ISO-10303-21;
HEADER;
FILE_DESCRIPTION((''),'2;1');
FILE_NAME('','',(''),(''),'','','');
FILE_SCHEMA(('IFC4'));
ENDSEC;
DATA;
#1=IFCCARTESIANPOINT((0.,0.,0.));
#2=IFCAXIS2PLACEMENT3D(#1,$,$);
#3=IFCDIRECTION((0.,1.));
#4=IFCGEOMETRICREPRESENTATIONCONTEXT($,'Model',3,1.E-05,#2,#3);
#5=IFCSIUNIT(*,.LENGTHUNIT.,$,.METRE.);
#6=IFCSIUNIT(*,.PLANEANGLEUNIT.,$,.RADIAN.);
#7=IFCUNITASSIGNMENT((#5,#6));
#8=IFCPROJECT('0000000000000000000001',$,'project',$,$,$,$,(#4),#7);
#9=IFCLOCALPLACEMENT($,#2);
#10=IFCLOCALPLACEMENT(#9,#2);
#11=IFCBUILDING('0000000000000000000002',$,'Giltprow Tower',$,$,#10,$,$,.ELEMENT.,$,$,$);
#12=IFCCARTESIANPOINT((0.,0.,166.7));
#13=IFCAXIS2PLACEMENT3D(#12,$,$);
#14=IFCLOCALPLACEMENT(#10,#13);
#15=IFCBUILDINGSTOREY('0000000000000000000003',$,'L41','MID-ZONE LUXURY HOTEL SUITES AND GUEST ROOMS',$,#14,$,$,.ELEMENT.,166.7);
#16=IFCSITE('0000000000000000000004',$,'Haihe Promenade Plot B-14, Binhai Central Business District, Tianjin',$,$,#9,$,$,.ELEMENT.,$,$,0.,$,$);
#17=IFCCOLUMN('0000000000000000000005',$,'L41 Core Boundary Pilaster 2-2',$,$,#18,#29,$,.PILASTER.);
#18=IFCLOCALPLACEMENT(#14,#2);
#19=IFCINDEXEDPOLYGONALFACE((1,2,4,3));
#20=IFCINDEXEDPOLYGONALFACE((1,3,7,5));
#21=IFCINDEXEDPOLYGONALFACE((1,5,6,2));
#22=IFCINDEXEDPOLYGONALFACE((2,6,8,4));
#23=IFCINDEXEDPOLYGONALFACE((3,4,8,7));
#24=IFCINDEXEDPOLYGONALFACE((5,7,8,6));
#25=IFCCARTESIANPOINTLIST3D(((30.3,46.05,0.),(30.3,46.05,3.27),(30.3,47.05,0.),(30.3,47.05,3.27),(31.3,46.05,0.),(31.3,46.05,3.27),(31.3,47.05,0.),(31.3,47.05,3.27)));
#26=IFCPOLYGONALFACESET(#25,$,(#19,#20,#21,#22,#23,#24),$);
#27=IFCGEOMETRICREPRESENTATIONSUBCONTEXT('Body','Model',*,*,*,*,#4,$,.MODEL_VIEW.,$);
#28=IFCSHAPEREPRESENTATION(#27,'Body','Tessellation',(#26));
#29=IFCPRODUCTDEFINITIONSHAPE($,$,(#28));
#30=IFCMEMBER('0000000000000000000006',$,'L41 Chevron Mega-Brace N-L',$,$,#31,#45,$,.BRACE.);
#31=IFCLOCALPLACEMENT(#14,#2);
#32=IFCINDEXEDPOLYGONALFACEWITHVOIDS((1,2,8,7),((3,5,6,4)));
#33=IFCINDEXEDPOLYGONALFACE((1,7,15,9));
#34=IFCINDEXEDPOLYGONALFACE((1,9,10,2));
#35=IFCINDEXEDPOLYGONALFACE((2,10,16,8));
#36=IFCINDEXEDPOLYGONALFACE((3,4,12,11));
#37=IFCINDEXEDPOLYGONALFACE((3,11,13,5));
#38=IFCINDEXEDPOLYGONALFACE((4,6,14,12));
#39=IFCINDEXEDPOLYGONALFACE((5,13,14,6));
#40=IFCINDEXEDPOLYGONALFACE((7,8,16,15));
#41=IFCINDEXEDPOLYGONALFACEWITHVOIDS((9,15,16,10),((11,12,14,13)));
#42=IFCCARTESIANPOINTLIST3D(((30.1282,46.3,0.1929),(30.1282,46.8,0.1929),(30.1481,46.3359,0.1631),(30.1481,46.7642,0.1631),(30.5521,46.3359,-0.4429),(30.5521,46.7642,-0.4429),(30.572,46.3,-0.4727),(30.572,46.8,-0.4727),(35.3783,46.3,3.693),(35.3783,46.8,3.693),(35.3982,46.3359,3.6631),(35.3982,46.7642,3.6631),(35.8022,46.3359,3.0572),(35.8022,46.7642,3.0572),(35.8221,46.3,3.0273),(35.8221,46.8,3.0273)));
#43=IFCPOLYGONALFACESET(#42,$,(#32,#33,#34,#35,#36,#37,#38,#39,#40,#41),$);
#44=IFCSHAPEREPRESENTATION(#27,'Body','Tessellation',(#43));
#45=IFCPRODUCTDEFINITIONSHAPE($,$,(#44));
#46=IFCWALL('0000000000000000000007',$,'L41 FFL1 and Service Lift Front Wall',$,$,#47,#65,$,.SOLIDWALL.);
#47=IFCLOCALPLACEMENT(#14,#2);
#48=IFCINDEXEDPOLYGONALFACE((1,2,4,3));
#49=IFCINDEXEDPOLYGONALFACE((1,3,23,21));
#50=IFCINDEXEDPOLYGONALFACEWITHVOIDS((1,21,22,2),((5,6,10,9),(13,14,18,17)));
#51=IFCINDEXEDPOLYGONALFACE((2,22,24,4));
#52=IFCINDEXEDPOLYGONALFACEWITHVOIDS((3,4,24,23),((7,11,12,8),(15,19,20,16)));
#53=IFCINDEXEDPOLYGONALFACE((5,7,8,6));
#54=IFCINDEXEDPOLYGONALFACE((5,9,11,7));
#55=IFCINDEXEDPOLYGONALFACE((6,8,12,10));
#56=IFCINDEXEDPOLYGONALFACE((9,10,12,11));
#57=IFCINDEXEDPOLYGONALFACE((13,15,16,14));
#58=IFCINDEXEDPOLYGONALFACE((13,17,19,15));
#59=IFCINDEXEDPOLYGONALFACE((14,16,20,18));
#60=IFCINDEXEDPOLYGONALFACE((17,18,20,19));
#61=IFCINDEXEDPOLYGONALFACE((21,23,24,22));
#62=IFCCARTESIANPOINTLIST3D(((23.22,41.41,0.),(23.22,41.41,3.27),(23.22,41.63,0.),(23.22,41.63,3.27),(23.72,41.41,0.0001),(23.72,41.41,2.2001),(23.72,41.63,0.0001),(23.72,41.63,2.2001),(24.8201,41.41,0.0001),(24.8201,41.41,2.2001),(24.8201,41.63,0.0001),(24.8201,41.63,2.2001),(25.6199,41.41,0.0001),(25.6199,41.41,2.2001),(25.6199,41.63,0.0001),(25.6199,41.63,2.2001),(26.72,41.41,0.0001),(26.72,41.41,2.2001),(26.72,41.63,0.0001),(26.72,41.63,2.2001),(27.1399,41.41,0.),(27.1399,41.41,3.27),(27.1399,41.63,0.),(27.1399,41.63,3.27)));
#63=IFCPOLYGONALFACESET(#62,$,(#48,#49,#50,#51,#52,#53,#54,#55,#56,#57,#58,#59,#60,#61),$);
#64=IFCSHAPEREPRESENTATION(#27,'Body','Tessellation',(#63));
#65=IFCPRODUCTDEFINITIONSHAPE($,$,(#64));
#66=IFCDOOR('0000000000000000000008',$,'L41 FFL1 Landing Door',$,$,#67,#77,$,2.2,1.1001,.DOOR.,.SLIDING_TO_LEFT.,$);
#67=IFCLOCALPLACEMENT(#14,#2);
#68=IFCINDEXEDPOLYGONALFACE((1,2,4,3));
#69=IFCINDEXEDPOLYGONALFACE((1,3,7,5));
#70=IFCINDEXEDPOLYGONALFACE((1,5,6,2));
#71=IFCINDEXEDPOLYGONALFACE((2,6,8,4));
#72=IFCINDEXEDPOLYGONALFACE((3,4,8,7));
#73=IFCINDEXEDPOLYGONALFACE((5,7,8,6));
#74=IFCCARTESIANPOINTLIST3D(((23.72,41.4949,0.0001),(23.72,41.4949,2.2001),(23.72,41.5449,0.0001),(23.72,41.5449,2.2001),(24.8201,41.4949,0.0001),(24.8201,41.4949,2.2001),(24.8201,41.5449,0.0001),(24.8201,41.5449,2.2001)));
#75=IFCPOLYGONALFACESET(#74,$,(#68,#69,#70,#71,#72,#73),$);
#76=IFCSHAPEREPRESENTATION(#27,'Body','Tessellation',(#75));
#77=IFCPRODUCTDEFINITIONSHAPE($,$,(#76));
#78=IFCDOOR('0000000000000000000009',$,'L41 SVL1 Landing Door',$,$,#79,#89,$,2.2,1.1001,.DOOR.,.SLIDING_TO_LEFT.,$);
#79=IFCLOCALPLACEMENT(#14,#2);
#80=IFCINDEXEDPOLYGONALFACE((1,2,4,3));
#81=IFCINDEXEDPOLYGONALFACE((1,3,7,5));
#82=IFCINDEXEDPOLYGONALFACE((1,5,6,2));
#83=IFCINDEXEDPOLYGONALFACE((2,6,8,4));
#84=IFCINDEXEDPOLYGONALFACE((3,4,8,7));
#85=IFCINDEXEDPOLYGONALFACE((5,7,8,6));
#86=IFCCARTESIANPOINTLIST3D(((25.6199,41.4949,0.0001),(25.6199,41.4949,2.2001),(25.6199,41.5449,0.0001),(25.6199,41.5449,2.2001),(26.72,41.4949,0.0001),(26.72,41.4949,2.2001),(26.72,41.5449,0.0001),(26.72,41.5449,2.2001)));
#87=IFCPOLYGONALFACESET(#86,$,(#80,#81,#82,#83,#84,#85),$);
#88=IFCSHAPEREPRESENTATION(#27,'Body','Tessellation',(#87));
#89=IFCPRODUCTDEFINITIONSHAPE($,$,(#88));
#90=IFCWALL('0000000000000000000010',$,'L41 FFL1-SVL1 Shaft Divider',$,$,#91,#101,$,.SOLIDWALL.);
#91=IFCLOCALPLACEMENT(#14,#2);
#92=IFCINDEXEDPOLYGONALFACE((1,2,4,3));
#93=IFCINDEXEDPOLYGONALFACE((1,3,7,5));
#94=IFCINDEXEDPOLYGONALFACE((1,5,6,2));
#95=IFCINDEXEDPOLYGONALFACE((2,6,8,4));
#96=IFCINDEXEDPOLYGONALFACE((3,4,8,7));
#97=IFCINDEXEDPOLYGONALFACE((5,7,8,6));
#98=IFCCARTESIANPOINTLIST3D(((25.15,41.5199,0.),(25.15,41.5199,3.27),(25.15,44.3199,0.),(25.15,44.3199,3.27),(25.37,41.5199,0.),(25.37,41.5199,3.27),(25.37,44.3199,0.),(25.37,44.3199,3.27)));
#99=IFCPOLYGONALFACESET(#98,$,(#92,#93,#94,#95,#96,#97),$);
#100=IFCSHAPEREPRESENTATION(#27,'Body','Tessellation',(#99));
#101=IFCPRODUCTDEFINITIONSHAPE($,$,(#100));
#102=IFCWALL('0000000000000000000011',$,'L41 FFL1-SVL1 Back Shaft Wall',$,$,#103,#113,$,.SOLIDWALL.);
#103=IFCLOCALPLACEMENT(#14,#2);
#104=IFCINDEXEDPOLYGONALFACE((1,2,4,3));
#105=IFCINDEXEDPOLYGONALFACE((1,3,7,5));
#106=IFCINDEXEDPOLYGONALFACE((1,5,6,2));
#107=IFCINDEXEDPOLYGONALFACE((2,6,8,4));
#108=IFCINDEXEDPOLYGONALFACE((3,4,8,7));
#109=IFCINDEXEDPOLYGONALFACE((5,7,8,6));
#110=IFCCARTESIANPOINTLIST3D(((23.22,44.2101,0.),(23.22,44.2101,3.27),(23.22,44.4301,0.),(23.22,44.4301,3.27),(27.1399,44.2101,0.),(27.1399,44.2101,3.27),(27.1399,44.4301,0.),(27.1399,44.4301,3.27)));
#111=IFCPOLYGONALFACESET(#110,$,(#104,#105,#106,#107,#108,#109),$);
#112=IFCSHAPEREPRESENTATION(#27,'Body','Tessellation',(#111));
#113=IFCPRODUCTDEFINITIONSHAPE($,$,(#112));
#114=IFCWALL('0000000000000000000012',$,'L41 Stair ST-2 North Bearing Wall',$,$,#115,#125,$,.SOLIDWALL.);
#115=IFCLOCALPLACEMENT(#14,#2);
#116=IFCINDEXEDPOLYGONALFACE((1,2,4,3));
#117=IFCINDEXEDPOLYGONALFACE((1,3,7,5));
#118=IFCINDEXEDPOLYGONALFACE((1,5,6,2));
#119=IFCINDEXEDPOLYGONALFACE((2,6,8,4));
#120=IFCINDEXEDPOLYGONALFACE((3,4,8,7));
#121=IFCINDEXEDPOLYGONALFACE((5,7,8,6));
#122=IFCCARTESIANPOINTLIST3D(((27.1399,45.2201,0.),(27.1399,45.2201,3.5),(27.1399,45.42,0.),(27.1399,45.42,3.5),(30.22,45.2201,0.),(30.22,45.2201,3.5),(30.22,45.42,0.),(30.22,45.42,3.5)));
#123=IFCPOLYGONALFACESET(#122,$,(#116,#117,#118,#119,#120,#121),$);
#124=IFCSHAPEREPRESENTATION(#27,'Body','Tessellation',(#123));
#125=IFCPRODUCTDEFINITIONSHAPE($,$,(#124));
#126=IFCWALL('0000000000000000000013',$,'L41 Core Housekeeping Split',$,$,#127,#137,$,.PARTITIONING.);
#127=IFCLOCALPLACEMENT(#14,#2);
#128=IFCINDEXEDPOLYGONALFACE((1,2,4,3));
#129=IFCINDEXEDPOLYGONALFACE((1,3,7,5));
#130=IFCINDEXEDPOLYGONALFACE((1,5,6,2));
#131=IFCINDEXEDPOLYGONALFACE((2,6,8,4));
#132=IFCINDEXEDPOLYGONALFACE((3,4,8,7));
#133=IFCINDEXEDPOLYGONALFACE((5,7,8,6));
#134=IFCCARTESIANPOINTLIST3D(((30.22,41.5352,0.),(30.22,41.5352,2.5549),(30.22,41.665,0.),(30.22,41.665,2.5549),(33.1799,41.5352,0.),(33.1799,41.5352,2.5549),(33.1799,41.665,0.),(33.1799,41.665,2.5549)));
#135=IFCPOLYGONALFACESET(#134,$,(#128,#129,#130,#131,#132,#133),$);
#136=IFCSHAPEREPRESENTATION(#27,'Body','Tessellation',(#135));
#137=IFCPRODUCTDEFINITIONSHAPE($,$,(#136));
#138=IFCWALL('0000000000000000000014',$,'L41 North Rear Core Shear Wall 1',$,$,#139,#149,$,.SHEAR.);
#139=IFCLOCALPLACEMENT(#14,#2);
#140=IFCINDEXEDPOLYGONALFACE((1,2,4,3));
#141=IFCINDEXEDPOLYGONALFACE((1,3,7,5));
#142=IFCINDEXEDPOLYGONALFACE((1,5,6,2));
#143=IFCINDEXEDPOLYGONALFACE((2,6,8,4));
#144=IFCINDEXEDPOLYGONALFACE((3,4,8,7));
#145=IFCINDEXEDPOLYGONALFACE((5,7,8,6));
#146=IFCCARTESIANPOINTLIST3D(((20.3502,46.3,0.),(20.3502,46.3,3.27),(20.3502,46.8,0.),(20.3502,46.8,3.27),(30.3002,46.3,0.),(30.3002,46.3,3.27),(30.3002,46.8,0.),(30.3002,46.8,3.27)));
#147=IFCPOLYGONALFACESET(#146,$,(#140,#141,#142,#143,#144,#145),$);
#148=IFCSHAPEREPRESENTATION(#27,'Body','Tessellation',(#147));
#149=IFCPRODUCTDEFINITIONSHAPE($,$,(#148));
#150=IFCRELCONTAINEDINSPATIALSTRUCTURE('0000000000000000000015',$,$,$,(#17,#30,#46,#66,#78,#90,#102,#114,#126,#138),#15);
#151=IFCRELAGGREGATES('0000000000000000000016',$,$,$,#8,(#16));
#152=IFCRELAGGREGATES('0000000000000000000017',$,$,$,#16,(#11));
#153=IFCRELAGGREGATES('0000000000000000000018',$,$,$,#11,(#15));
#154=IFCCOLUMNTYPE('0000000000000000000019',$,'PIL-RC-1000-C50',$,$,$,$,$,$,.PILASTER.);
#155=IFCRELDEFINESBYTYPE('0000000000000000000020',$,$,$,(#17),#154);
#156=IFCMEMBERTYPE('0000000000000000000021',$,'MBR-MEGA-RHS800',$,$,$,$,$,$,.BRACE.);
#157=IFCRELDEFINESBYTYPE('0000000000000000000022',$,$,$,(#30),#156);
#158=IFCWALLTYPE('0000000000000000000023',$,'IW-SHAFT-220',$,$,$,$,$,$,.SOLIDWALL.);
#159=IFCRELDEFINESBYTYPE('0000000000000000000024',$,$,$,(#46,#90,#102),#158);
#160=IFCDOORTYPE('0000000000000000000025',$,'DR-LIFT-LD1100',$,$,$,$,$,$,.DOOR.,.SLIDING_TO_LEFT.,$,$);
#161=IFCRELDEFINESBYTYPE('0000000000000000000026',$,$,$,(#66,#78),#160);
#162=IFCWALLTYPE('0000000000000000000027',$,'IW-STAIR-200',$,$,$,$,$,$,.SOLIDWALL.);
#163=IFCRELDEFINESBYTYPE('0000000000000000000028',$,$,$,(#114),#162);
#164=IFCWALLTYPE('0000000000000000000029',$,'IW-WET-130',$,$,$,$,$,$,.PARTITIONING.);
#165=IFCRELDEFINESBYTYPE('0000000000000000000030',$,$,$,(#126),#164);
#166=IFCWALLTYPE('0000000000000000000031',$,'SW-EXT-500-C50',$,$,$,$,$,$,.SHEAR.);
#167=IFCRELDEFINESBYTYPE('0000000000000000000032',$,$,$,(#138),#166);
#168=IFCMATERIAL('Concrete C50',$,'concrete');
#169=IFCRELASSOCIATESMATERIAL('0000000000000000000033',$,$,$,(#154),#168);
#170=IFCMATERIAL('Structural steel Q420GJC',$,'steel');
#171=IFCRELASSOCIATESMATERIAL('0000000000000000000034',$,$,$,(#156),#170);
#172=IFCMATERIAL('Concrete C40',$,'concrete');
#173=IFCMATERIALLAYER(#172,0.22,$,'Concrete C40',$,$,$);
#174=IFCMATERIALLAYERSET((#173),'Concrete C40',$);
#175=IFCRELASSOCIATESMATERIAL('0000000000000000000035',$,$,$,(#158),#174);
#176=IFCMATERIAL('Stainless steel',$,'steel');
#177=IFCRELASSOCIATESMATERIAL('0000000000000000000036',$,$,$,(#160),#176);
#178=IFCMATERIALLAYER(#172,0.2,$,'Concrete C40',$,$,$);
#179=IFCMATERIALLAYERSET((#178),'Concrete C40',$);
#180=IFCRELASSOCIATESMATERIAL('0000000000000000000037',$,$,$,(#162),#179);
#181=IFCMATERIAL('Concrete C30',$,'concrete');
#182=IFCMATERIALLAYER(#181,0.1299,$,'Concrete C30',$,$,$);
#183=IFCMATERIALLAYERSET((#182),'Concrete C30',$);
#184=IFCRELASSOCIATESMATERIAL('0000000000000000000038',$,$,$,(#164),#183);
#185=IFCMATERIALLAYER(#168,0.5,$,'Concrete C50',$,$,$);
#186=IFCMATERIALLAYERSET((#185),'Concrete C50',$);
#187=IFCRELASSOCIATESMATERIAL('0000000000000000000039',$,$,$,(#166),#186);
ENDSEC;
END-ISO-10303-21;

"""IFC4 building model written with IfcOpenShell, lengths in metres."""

from ifc_helpers import new_model, si_unit, direction, frame, frame_2d, origin, origin_2d, place, context, subcontext, project, spatial, rectangle, hollow_rectangle, extrude, source, transform, mapped, material, layer, layer_set, material_profile, profile_set, type_object, element, fill, save


model = new_model("IFC4")

# Units and contexts
model_context = context("Model", 3, precision=1e-05, world=origin(), true_north=direction((0.0, 1.0)))
body_context = subcontext(model_context, "Body", "Model", "MODEL_VIEW")
ifc_project = project(units=[si_unit("LENGTHUNIT", "METRE"), si_unit("PLANEANGLEUNIT", "RADIAN")], contexts=[model_context])

# Site, building, storey
site_placement = place(None, origin())
site = spatial("IfcSite", under=ifc_project, at=site_placement, Name="Haihe Promenade Plot B-14, Binhai Central Business District, Tianjin", CompositionType="ELEMENT", RefElevation=0.0)
building_placement = place(site_placement, origin())
building = spatial("IfcBuilding", under=site, at=building_placement, Name="Giltprow Tower", CompositionType="ELEMENT")
storey_placement = place(building_placement, frame((0.0, 0.0, 166.7)))
storey = spatial("IfcBuildingStorey", under=building, at=storey_placement, Name="L41", Description="MID-ZONE LUXURY HOTEL SUITES AND GUEST ROOMS", CompositionType="ELEMENT", Elevation=166.7)

# Column
ifc_material_1 = material(Name="Concrete C50", Category="concrete")
ifc_material_profile_1 = material_profile(ifc_material_1, rectangle(XDim=1.0, YDim=1.0, at=origin_2d()), Name="RC 1000x1000")
ifc_profile_set_1 = profile_set([ifc_material_profile_1], Name="Concrete C50")
column_type = type_object("IfcColumnType", Name="PIL-RC-1000-C50", PredefinedType="PILASTER", material=ifc_profile_set_1)
shared_shape_1 = source(origin(), body_context, "Body", "SweptSolid", [
    extrude(rectangle(XDim=1.0, YDim=1.0, at=origin_2d()), origin(), (0.0, 0.0, 1.0), 3.27),
])
column_placement = place(storey_placement, frame((30.8, 46.55, 0.0), z_axis=(0.0, 0.0, 1.0), x_axis=(1.0, 0.0, 0.0)))
element("IfcColumn", 1, at=column_placement, inside=storey, type_object=column_type, Name="L41 Core Boundary Pilaster 2-2", PredefinedType="PILASTER", context=body_context, shape_type="MappedRepresentation", body=[
    mapped(shared_shape_1, transform((0.0, 0.0, 0.0), x_axis=(1.0, 0.0, 0.0), y_axis=(0.0, 1.0, 0.0), z_axis=(0.0, 0.0, 1.0), scale=1.0)),
])

# Member
ifc_material_2 = material(Name="Structural steel Q420GJC", Category="steel")
ifc_material_profile_2 = material_profile(ifc_material_2, hollow_rectangle(XDim=0.5, YDim=0.8, WallThickness=0.0359, at=origin_2d()), Name="RHS 800x500x36")
ifc_profile_set_2 = profile_set([ifc_material_profile_2], Name="Structural steel Q420GJC")
member_type = type_object("IfcMemberType", Name="MBR-MEGA-RHS800", PredefinedType="BRACE", material=ifc_profile_set_2)
shared_shape_2 = source(origin(), body_context, "Body", "SweptSolid", [
    extrude(hollow_rectangle(XDim=0.5, YDim=0.8, WallThickness=0.0359, at=origin_2d()), origin(), (0.0, 0.0, 1.0), 6.3098),
])
member_placement = place(storey_placement, frame((30.3501, 46.55, -0.1399), z_axis=(0.83205, 0.0, 0.5547), x_axis=(0.0, 1.0, 0.0)))
element("IfcMember", 2, at=member_placement, inside=storey, type_object=member_type, Name="L41 Chevron Mega-Brace N-L", PredefinedType="BRACE", context=body_context, shape_type="MappedRepresentation", body=[
    mapped(shared_shape_2, transform((0.0, 0.0, 0.0), x_axis=(1.0, 0.0, 0.0), y_axis=(0.0, 1.0, 0.0), z_axis=(0.0, 0.0, 1.0), scale=1.0)),
])

# Wall, openings, doors
ifc_material_3 = material(Name="Concrete C40", Category="concrete")
ifc_layer_1 = layer(ifc_material_3, 0.22, Name="Concrete C40")
ifc_layer_set_1 = layer_set([ifc_layer_1], Name="Concrete C40")
wall_type_1 = type_object("IfcWallType", Name="IW-SHAFT-220", PredefinedType="SOLIDWALL", material=ifc_layer_set_1)
wall_1_placement = place(storey_placement, frame((23.22, 41.52, 0.0), z_axis=(0.0, 0.0, 1.0), x_axis=(1.0, 0.0, 0.0)))
wall_1 = element("IfcWall", 3, at=wall_1_placement, inside=storey, type_object=wall_type_1, Name="L41 FFL1 and Service Lift Front Wall", PredefinedType="SOLIDWALL", context=body_context, shape_type="SweptSolid", body=[
    extrude(rectangle(XDim=3.9199, YDim=0.22, at=frame_2d((1.96, 0.0))), origin(), (0.0, 0.0, 1.0), 3.27),
])
opening_1_placement = place(wall_1_placement, frame((0.5, 0.0, 0.0)))
opening_1 = element("IfcOpeningElement", 4, at=opening_1_placement, cuts=wall_1, PredefinedType="OPENING", context=body_context, shape_type="SweptSolid", body=[
    extrude(rectangle(XDim=1.1001, YDim=2.2, at=frame_2d((0.55, 1.1001))), frame((0.0, 0.1199, 0.0), z_axis=(0.0, -1.0, 0.0), x_axis=(1.0, 0.0, 0.0)), (0.0, 0.0, 1.0), 0.24),
])
opening_2_placement = place(wall_1_placement, frame((2.3999, 0.0, 0.0)))
opening_2 = element("IfcOpeningElement", 5, at=opening_2_placement, cuts=wall_1, PredefinedType="OPENING", context=body_context, shape_type="SweptSolid", body=[
    extrude(rectangle(XDim=1.1001, YDim=2.2, at=frame_2d((0.55, 1.1001))), frame((0.0, 0.1199, 0.0), z_axis=(0.0, -1.0, 0.0), x_axis=(1.0, 0.0, 0.0)), (0.0, 0.0, 1.0), 0.24),
])
ifc_material_4 = material(Name="Stainless steel", Category="steel")
door_type = type_object("IfcDoorType", Name="DR-LIFT-LD1100", OperationType="SLIDING_TO_LEFT", PredefinedType="DOOR", material=ifc_material_4)
shared_shape_3 = source(origin(), body_context, "Body", "SweptSolid", [
    extrude(rectangle(XDim=1.1001, YDim=2.2, at=frame_2d((0.55, 1.1001))), frame((0.0, 0.0249, 0.0), z_axis=(0.0, -1.0, 0.0), x_axis=(1.0, 0.0, 0.0)), (0.0, 0.0, 1.0), 0.05),
])
door_1_placement = place(opening_1_placement, origin())
door_1 = element("IfcDoor", 6, at=door_1_placement, inside=storey, type_object=door_type, Name="L41 FFL1 Landing Door", OperationType="SLIDING_TO_LEFT", OverallHeight=2.2, OverallWidth=1.1001, PredefinedType="DOOR", context=body_context, shape_type="MappedRepresentation", body=[
    mapped(shared_shape_3, transform((0.0, 0.0, 0.0), x_axis=(1.0, 0.0, 0.0), y_axis=(0.0, 1.0, 0.0), z_axis=(0.0, 0.0, 1.0), scale=1.0)),
])
fill(opening_1, door_1)
door_2_placement = place(opening_2_placement, origin())
door_2 = element("IfcDoor", 7, at=door_2_placement, inside=storey, type_object=door_type, Name="L41 SVL1 Landing Door", OperationType="SLIDING_TO_LEFT", OverallHeight=2.2, OverallWidth=1.1001, PredefinedType="DOOR", context=body_context, shape_type="MappedRepresentation", body=[
    mapped(shared_shape_3, transform((0.0, 0.0, 0.0), x_axis=(1.0, 0.0, 0.0), y_axis=(0.0, 1.0, 0.0), z_axis=(0.0, 0.0, 1.0), scale=1.0)),
])
fill(opening_2, door_2)

# Walls
wall_2_placement = place(storey_placement, frame((25.26, 41.52, 0.0), z_axis=(0.0, 0.0, 1.0), x_axis=(0.0, 1.0, 0.0)))
element("IfcWall", 8, at=wall_2_placement, inside=storey, type_object=wall_type_1, Name="L41 FFL1-SVL1 Shaft Divider", PredefinedType="SOLIDWALL", context=body_context, shape_type="SweptSolid", body=[
    extrude(rectangle(XDim=2.8, YDim=0.22, at=frame_2d((1.3999, 0.0))), origin(), (0.0, 0.0, 1.0), 3.27),
])
wall_3_placement = place(storey_placement, frame((23.22, 44.3201, 0.0), z_axis=(0.0, 0.0, 1.0), x_axis=(1.0, 0.0, 0.0)))
element("IfcWall", 9, at=wall_3_placement, inside=storey, type_object=wall_type_1, Name="L41 FFL1-SVL1 Back Shaft Wall", PredefinedType="SOLIDWALL", context=body_context, shape_type="SweptSolid", body=[
    extrude(rectangle(XDim=3.9199, YDim=0.22, at=frame_2d((1.96, 0.0))), origin(), (0.0, 0.0, 1.0), 3.27),
])
ifc_layer_2 = layer(ifc_material_3, 0.2, Name="Concrete C40")
ifc_layer_set_2 = layer_set([ifc_layer_2], Name="Concrete C40")
wall_type_2 = type_object("IfcWallType", Name="IW-STAIR-200", PredefinedType="SOLIDWALL", material=ifc_layer_set_2)
wall_4_placement = place(storey_placement, frame((27.1399, 45.3201, 0.0), z_axis=(0.0, 0.0, 1.0), x_axis=(1.0, 0.0, 0.0)))
element("IfcWall", 10, at=wall_4_placement, inside=storey, type_object=wall_type_2, Name="L41 Stair ST-2 North Bearing Wall", PredefinedType="SOLIDWALL", context=body_context, shape_type="SweptSolid", body=[
    extrude(rectangle(XDim=3.0801, YDim=0.2, at=frame_2d((1.54, 0.0))), origin(), (0.0, 0.0, 1.0), 3.5),
])
ifc_material_5 = material(Name="Concrete C30", Category="concrete")
ifc_layer_3 = layer(ifc_material_5, 0.1299, Name="Concrete C30")
ifc_layer_set_3 = layer_set([ifc_layer_3], Name="Concrete C30")
wall_type_3 = type_object("IfcWallType", Name="IW-WET-130", PredefinedType="PARTITIONING", material=ifc_layer_set_3)
wall_5_placement = place(storey_placement, frame((30.22, 41.6001, 0.0), z_axis=(0.0, 0.0, 1.0), x_axis=(1.0, 0.0, 0.0)))
element("IfcWall", 11, at=wall_5_placement, inside=storey, type_object=wall_type_3, Name="L41 Core Housekeeping Split", PredefinedType="PARTITIONING", context=body_context, shape_type="SweptSolid", body=[
    extrude(rectangle(XDim=2.96, YDim=0.1299, at=frame_2d((1.48, 0.0))), origin(), (0.0, 0.0, 1.0), 2.5549),
])
ifc_layer_4 = layer(ifc_material_1, 0.5, Name="Concrete C50")
ifc_layer_set_4 = layer_set([ifc_layer_4], Name="Concrete C50")
wall_type_4 = type_object("IfcWallType", Name="SW-EXT-500-C50", PredefinedType="SHEAR", material=ifc_layer_set_4)
wall_6_placement = place(storey_placement, frame((20.3501, 46.55, 0.0), z_axis=(0.0, 0.0, 1.0), x_axis=(1.0, 0.0, 0.0)))
element("IfcWall", 12, at=wall_6_placement, inside=storey, type_object=wall_type_4, Name="L41 North Rear Core Shear Wall 1", PredefinedType="SHEAR", context=body_context, shape_type="SweptSolid", body=[
    extrude(rectangle(XDim=9.95, YDim=0.5, at=frame_2d((4.9751, 0.0))), origin(), (0.0, 0.0, 1.0), 3.27),
])

save(model, "model.ifc")
